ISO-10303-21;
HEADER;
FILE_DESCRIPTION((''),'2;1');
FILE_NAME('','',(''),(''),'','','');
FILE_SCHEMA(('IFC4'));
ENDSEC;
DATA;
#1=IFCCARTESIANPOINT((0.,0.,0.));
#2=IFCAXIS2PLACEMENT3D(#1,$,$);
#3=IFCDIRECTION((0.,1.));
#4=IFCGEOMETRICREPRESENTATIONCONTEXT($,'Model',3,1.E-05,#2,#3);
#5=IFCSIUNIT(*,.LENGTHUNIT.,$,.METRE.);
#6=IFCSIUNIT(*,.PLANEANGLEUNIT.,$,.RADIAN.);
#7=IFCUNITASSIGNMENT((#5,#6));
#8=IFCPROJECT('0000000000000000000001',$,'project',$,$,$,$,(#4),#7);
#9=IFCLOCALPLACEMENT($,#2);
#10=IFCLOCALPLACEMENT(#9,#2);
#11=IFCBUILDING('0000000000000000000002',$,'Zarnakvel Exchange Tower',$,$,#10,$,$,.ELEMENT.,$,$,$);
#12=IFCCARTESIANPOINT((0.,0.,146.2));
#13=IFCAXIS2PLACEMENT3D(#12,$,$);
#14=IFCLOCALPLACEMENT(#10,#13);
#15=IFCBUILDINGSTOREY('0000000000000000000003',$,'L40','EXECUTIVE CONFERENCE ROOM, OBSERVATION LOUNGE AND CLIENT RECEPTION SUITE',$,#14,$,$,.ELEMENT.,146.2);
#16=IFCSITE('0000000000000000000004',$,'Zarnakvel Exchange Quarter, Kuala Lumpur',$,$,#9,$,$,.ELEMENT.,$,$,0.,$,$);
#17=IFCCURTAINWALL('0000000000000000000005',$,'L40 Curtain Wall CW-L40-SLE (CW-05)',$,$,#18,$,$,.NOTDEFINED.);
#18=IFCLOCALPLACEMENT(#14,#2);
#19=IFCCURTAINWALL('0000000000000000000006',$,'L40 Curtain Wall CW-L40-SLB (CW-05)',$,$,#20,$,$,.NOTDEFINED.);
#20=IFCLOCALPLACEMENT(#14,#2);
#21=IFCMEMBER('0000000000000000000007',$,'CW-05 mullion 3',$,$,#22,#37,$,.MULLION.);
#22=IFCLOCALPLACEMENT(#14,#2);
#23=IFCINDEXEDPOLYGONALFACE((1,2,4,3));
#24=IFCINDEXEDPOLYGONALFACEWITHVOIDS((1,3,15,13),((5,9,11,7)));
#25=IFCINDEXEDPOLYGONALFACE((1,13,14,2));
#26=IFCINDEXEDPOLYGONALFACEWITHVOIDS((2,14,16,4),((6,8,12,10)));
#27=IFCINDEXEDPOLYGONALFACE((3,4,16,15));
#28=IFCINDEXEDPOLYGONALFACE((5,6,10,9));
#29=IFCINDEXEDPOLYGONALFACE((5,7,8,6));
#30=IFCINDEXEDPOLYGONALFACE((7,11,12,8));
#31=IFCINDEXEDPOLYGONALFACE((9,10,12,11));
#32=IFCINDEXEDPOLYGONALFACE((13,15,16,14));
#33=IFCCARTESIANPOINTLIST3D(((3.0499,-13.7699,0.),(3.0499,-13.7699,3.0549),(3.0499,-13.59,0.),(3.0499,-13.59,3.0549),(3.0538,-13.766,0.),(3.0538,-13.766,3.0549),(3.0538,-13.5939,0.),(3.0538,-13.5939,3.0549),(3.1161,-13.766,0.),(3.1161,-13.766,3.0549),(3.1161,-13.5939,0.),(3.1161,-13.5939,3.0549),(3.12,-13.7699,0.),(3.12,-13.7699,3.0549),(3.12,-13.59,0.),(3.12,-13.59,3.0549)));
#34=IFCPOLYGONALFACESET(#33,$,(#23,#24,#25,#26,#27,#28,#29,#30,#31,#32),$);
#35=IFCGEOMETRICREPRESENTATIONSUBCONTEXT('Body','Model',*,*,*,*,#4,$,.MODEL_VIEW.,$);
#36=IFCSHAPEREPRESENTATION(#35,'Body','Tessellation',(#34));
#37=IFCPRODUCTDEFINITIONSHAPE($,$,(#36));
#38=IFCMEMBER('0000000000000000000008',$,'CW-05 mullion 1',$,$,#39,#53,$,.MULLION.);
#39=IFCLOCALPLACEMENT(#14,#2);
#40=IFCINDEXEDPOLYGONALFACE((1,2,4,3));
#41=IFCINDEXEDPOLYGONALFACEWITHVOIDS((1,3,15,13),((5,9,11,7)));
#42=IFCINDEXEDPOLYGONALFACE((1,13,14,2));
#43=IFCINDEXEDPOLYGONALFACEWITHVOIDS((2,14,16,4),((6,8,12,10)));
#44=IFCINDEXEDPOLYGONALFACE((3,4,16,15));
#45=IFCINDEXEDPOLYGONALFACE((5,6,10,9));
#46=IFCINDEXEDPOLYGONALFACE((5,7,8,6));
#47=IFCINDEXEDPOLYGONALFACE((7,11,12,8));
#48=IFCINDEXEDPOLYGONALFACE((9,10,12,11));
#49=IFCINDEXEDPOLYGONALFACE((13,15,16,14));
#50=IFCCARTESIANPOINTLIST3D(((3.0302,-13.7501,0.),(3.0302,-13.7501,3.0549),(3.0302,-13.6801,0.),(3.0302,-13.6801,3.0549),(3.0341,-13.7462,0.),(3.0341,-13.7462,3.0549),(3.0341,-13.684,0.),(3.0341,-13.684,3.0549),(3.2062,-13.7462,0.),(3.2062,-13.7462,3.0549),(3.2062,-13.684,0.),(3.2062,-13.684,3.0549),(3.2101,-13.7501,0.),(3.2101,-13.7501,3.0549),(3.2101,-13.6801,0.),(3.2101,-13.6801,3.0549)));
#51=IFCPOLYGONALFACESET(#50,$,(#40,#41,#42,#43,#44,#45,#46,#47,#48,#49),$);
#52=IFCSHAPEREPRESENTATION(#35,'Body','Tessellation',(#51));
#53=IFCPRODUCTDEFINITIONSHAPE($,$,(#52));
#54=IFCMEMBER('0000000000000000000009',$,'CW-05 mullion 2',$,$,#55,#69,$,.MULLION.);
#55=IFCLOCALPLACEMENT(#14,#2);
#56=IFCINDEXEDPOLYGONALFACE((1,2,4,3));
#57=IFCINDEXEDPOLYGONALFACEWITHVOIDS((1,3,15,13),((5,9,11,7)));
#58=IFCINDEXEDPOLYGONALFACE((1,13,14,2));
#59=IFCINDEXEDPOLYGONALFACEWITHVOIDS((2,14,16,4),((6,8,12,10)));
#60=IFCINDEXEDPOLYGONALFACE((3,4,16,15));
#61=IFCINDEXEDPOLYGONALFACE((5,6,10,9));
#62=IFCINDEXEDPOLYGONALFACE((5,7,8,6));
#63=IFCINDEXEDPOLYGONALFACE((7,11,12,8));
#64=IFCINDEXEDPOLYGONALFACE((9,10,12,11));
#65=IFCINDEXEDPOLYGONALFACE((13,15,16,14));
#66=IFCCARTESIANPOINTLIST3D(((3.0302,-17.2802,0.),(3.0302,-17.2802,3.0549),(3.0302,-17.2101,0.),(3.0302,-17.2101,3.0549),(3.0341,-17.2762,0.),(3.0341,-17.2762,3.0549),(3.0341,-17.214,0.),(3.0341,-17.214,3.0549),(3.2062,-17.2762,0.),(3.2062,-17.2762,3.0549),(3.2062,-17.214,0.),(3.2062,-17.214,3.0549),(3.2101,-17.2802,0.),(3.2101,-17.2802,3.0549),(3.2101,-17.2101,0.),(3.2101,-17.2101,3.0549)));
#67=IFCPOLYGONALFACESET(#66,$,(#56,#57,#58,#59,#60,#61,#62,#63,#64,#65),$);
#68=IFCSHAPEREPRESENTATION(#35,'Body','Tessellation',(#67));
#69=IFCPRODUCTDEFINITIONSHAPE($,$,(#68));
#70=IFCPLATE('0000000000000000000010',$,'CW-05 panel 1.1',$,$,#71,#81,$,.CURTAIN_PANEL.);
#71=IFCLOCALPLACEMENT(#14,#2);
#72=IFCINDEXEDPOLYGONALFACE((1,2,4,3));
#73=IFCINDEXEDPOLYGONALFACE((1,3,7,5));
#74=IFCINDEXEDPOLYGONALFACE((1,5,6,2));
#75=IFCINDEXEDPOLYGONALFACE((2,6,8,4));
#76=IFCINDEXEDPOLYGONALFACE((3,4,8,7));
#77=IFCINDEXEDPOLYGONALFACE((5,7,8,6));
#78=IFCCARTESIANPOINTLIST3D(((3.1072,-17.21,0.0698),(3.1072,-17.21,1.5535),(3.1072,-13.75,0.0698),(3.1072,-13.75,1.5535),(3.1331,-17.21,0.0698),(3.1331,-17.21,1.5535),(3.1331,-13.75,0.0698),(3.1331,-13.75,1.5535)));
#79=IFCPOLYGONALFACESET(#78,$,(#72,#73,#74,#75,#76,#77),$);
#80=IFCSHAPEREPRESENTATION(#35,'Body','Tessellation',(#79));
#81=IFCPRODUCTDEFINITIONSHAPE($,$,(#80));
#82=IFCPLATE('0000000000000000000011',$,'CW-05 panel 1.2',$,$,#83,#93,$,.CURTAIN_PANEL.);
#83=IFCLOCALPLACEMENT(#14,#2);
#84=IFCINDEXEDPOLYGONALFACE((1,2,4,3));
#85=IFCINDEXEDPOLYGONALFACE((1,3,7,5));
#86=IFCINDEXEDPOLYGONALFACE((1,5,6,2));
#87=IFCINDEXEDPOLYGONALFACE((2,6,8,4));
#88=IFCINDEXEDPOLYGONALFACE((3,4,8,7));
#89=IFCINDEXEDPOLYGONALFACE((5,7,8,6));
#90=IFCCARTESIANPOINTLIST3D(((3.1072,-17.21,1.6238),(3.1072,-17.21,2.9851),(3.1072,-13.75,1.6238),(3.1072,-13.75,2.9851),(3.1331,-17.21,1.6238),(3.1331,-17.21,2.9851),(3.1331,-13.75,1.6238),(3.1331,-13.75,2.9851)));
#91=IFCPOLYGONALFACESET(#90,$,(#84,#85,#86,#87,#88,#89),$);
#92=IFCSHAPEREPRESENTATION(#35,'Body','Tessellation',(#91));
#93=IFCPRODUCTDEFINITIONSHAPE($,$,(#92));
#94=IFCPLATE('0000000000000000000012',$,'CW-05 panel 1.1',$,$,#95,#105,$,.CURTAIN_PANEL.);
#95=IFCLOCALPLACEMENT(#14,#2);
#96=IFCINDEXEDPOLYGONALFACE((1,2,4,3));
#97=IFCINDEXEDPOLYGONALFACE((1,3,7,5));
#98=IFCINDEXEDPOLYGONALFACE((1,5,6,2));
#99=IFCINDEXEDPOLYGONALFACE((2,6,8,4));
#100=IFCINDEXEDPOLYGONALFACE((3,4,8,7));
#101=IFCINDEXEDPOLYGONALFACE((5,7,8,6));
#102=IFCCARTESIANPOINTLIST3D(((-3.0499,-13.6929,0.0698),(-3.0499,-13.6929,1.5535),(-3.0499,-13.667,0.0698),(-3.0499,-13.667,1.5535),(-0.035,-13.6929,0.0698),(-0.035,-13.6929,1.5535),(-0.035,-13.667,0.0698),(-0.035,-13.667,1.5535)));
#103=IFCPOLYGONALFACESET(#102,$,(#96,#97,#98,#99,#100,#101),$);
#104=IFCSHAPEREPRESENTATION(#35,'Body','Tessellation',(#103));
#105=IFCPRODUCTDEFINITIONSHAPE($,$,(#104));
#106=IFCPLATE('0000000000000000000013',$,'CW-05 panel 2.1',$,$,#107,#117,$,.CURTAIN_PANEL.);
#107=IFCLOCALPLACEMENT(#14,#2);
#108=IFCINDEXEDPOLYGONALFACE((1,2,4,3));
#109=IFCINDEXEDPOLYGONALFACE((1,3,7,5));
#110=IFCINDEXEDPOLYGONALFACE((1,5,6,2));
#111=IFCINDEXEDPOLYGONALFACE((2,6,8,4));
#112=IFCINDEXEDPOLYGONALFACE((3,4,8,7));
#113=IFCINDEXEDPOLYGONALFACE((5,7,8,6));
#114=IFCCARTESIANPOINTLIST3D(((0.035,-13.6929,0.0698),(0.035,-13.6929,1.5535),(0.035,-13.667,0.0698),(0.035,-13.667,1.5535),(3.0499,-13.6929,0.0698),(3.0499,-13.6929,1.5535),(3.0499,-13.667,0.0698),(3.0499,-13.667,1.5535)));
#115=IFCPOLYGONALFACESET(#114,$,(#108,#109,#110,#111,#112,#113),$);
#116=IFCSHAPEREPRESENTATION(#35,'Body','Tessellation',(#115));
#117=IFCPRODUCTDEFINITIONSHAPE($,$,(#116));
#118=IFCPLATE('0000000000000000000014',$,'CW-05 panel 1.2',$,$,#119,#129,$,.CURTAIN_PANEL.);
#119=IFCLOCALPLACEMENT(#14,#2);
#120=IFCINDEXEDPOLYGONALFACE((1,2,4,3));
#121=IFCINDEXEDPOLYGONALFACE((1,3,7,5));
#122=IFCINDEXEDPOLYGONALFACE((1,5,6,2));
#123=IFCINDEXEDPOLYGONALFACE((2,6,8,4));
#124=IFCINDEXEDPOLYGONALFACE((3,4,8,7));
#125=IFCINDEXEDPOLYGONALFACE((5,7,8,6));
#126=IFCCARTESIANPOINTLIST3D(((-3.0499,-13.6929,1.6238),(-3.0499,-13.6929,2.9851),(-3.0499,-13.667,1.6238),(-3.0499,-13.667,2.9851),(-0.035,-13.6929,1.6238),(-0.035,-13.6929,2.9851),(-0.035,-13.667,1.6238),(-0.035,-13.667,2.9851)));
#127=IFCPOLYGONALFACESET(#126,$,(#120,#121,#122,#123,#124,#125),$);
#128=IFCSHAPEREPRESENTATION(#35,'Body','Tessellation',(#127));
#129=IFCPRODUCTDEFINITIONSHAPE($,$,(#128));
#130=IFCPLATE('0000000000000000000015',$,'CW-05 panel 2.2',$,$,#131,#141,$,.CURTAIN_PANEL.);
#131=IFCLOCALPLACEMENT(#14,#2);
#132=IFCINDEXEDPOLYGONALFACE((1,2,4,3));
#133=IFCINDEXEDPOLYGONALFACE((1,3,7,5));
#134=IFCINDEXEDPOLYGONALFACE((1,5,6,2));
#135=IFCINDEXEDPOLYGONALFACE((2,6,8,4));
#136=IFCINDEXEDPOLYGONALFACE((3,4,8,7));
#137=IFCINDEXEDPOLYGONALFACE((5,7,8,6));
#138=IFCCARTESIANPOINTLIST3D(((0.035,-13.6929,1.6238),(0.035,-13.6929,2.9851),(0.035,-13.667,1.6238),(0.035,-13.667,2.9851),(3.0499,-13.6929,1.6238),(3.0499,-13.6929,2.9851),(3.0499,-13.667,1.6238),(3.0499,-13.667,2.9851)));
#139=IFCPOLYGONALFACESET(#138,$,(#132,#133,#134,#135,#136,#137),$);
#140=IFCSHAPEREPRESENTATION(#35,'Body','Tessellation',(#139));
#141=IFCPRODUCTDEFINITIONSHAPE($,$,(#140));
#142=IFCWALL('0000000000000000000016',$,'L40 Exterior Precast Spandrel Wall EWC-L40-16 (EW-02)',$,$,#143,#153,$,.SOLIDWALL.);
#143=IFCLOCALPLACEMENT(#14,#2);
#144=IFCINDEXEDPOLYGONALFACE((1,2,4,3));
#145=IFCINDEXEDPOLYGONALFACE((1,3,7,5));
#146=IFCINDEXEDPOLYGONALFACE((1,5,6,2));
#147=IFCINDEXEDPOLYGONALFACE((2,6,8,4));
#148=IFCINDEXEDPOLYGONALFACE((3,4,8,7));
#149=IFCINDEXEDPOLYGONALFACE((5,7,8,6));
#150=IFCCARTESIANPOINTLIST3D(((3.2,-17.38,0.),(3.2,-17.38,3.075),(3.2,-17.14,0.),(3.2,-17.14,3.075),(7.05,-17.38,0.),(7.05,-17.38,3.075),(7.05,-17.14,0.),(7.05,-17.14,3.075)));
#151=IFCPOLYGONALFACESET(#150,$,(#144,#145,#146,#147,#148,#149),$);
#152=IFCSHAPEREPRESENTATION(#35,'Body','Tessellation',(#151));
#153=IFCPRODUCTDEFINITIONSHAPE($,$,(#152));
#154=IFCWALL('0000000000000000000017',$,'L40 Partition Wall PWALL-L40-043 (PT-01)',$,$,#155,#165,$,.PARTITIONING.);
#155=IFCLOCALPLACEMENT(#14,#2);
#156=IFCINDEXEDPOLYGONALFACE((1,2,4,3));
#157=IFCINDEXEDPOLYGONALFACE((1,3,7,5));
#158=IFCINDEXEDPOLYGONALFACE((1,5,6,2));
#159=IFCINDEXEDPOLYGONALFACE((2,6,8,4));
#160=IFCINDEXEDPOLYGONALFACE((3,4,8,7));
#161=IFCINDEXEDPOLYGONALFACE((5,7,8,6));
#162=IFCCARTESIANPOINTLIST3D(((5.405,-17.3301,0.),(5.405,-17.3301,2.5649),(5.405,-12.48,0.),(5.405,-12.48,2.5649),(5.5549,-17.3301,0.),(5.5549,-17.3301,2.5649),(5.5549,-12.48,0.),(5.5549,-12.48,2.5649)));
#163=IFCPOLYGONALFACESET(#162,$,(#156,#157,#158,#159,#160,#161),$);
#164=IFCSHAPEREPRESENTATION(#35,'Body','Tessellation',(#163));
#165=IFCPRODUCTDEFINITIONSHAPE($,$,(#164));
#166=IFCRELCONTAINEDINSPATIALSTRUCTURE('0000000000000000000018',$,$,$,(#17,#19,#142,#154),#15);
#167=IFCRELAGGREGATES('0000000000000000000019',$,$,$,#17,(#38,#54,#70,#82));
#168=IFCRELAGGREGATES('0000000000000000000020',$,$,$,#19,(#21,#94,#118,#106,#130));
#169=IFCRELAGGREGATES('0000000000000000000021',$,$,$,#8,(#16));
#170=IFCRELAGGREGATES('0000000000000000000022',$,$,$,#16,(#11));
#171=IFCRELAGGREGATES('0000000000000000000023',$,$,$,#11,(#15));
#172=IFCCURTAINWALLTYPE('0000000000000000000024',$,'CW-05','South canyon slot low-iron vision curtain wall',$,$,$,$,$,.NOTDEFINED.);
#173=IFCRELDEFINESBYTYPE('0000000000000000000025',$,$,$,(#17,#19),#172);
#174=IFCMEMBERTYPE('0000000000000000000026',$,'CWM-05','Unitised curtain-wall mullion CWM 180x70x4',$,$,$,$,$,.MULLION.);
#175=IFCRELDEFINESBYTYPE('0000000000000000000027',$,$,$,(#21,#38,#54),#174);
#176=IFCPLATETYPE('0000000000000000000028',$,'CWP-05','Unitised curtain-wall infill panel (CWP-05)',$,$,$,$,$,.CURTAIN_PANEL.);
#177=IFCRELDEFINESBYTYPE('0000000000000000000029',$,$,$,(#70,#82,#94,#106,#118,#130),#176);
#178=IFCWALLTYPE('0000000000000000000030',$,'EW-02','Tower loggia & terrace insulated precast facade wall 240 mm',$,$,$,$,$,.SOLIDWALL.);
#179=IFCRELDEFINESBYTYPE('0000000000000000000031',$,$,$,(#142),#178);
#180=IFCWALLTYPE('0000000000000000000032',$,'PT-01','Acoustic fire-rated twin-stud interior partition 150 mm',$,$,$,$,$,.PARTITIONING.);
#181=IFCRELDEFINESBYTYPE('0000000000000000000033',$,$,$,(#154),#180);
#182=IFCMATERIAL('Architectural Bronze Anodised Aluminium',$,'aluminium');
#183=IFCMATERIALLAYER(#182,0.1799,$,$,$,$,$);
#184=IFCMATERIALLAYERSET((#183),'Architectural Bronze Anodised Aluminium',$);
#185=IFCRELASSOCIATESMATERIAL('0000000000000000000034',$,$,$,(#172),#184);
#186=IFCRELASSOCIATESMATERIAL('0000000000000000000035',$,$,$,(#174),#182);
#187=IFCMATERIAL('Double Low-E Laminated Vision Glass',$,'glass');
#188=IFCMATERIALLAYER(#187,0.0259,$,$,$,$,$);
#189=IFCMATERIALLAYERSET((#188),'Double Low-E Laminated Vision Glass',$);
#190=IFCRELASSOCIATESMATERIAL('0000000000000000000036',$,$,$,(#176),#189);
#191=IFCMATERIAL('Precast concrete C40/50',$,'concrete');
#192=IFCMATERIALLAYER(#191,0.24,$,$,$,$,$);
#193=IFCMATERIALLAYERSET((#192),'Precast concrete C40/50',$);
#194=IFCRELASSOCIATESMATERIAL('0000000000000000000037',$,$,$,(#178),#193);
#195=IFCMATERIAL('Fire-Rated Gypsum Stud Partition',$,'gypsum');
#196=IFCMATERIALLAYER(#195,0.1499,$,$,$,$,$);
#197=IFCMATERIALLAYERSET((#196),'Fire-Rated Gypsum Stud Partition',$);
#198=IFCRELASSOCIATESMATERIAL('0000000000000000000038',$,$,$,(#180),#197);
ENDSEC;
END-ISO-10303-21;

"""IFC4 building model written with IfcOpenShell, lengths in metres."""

from ifc_helpers import new_model, si_unit, direction, frame, frame_2d, origin, origin_2d, place, context, subcontext, project, spatial, rectangle, hollow_rectangle, extrude, source, transform, mapped, material, layer, layer_set, material_profile, profile_set, type_object, element, aggregate, save


model = new_model("IFC4")

# Units and contexts
model_context = context("Model", 3, precision=1e-05, world=origin(), true_north=direction((0.0, 1.0)))
body_context = subcontext(model_context, "Body", "Model", "MODEL_VIEW")
ifc_project = project(units=[si_unit("LENGTHUNIT", "METRE"), si_unit("PLANEANGLEUNIT", "RADIAN")], contexts=[model_context])

# Site, building, storey
site_placement = place(None, origin())
site = spatial("IfcSite", under=ifc_project, at=site_placement, Name="Zarnakvel Exchange Quarter, Kuala Lumpur", CompositionType="ELEMENT", RefElevation=0.0)
building_placement = place(site_placement, origin())
building = spatial("IfcBuilding", under=site, at=building_placement, Name="Zarnakvel Exchange Tower", CompositionType="ELEMENT")
storey_placement = place(building_placement, frame((0.0, 0.0, 146.2)))
storey = spatial("IfcBuildingStorey", under=building, at=storey_placement, Name="L40", Description="EXECUTIVE CONFERENCE ROOM, OBSERVATION LOUNGE AND CLIENT RECEPTION SUITE", CompositionType="ELEMENT", Elevation=146.2)

# Curtain walls, member
ifc_material_1 = material(Name="Architectural Bronze Anodised Aluminium", Category="aluminium")
ifc_layer_1 = layer(ifc_material_1, 0.1799)
ifc_layer_set_1 = layer_set([ifc_layer_1], Name="Architectural Bronze Anodised Aluminium")
curtain_wall_type = type_object("IfcCurtainWallType", Name="CW-05", Description="South canyon slot low-iron vision curtain wall", PredefinedType="NOTDEFINED", material=ifc_layer_set_1)
curtain_wall_1_placement = place(storey_placement, origin())
curtain_wall_1 = element("IfcCurtainWall", 1, at=curtain_wall_1_placement, inside=storey, type_object=curtain_wall_type, Name="L40 Curtain Wall CW-L40-SLE (CW-05)", PredefinedType="NOTDEFINED")
curtain_wall_2_placement = place(storey_placement, origin())
curtain_wall_2 = element("IfcCurtainWall", 2, at=curtain_wall_2_placement, inside=storey, type_object=curtain_wall_type, Name="L40 Curtain Wall CW-L40-SLB (CW-05)", PredefinedType="NOTDEFINED")
ifc_material_profile_1 = material_profile(ifc_material_1, hollow_rectangle(XDim=0.1799, YDim=0.0701, WallThickness=0.0039, at=origin_2d()))
ifc_profile_set_1 = profile_set([ifc_material_profile_1], Name="Architectural Bronze Anodised Aluminium")
member_type_1 = type_object("IfcMemberType", Name="CWM-05", Description="Unitised curtain-wall mullion CWM 180x70x4", PredefinedType="MULLION", material=ifc_profile_set_1)
shared_shape_1 = source(origin(), body_context, "Body", "SweptSolid", [
    extrude(hollow_rectangle(XDim=0.1799, YDim=0.0701, WallThickness=0.0039, at=origin_2d()), origin(), (0.0, 0.0, 1.0), 3.0549),
])
member_1_placement = place(storey_placement, frame((3.085, -13.6799, 0.0), z_axis=(0.0, 0.0, 1.0), x_axis=(0.0, 1.0, 0.0)))
member_1 = element("IfcMember", 3, at=member_1_placement, type_object=member_type_1, Name="CW-05 mullion 3", PredefinedType="MULLION", context=body_context, shape_type="MappedRepresentation", body=[
    mapped(shared_shape_1, transform((0.0, 0.0, 0.0), x_axis=(1.0, 0.0, 0.0), y_axis=(0.0, 1.0, 0.0), z_axis=(0.0, 0.0, 1.0), scale=1.0)),
])

# Members
member_2_placement = place(storey_placement, frame((3.1201, -13.7151, 0.0), z_axis=(0.0, 0.0, 1.0), x_axis=(1.0, 0.0, 0.0)))
member_2 = element("IfcMember", 4, at=member_2_placement, type_object=member_type_1, Name="CW-05 mullion 1", PredefinedType="MULLION", context=body_context, shape_type="MappedRepresentation", body=[
    mapped(shared_shape_1, transform((0.0, 0.0, 0.0), x_axis=(1.0, 0.0, 0.0), y_axis=(0.0, 1.0, 0.0), z_axis=(0.0, 0.0, 1.0), scale=1.0)),
])
member_3_placement = place(storey_placement, frame((3.1201, -17.2451, 0.0), z_axis=(0.0, 0.0, 1.0), x_axis=(1.0, 0.0, 0.0)))
member_3 = element("IfcMember", 5, at=member_3_placement, type_object=member_type_1, Name="CW-05 mullion 2", PredefinedType="MULLION", context=body_context, shape_type="MappedRepresentation", body=[
    mapped(shared_shape_1, transform((0.0, 0.0, 0.0), x_axis=(1.0, 0.0, 0.0), y_axis=(0.0, 1.0, 0.0), z_axis=(0.0, 0.0, 1.0), scale=1.0)),
])

# Plates
ifc_material_2 = material(Name="Double Low-E Laminated Vision Glass", Category="glass")
ifc_layer_2 = layer(ifc_material_2, 0.0259)
ifc_layer_set_2 = layer_set([ifc_layer_2], Name="Double Low-E Laminated Vision Glass")
plate_type = type_object("IfcPlateType", Name="CWP-05", Description="Unitised curtain-wall infill panel (CWP-05)", PredefinedType="CURTAIN_PANEL", material=ifc_layer_set_2)
shared_shape_2 = source(origin(), body_context, "Body", "SweptSolid", [
    extrude(rectangle(XDim=3.46, YDim=0.0259, at=origin_2d()), origin(), (0.0, 0.0, 1.0), 1.4836),
])
plate_1_placement = place(storey_placement, frame((3.1201, -15.48, 0.0698), z_axis=(0.0, 0.0, 1.0), x_axis=(0.0, -1.0, 0.0)))
plate_1 = element("IfcPlate", 6, at=plate_1_placement, type_object=plate_type, Name="CW-05 panel 1.1", PredefinedType="CURTAIN_PANEL", context=body_context, shape_type="MappedRepresentation", body=[
    mapped(shared_shape_2, transform((0.0, 0.0, 0.0), x_axis=(1.0, 0.0, 0.0), y_axis=(0.0, 1.0, 0.0), z_axis=(0.0, 0.0, 1.0), scale=1.0)),
])
shared_shape_3 = source(origin(), body_context, "Body", "SweptSolid", [
    extrude(rectangle(XDim=3.46, YDim=0.0259, at=origin_2d()), origin(), (0.0, 0.0, 1.0), 1.3613),
])
plate_2_placement = place(storey_placement, frame((3.1201, -15.48, 1.6238), z_axis=(0.0, 0.0, 1.0), x_axis=(0.0, -1.0, 0.0)))
plate_2 = element("IfcPlate", 7, at=plate_2_placement, type_object=plate_type, Name="CW-05 panel 1.2", PredefinedType="CURTAIN_PANEL", context=body_context, shape_type="MappedRepresentation", body=[
    mapped(shared_shape_3, transform((0.0, 0.0, 0.0), x_axis=(1.0, 0.0, 0.0), y_axis=(0.0, 1.0, 0.0), z_axis=(0.0, 0.0, 1.0), scale=1.0)),
])
aggregate(curtain_wall_1, [member_2, member_3, plate_1, plate_2])
shared_shape_4 = source(origin(), body_context, "Body", "SweptSolid", [
    extrude(rectangle(XDim=3.0149, YDim=0.0259, at=origin_2d()), origin(), (0.0, 0.0, 1.0), 1.4836),
])
plate_3_placement = place(storey_placement, frame((-1.5425, -13.6799, 0.0698), z_axis=(0.0, 0.0, 1.0), x_axis=(1.0, 0.0, 0.0)))
plate_3 = element("IfcPlate", 8, at=plate_3_placement, type_object=plate_type, Name="CW-05 panel 1.1", PredefinedType="CURTAIN_PANEL", context=body_context, shape_type="MappedRepresentation", body=[
    mapped(shared_shape_4, transform((0.0, 0.0, 0.0), x_axis=(1.0, 0.0, 0.0), y_axis=(0.0, 1.0, 0.0), z_axis=(0.0, 0.0, 1.0), scale=1.0)),
])
plate_4_placement = place(storey_placement, frame((1.5425, -13.6799, 0.0698), z_axis=(0.0, 0.0, 1.0), x_axis=(1.0, 0.0, 0.0)))
plate_4 = element("IfcPlate", 9, at=plate_4_placement, type_object=plate_type, Name="CW-05 panel 2.1", PredefinedType="CURTAIN_PANEL", context=body_context, shape_type="MappedRepresentation", body=[
    mapped(shared_shape_4, transform((0.0, 0.0, 0.0), x_axis=(1.0, 0.0, 0.0), y_axis=(0.0, 1.0, 0.0), z_axis=(0.0, 0.0, 1.0), scale=1.0)),
])
shared_shape_5 = source(origin(), body_context, "Body", "SweptSolid", [
    extrude(rectangle(XDim=3.0149, YDim=0.0259, at=origin_2d()), origin(), (0.0, 0.0, 1.0), 1.3613),
])
plate_5_placement = place(storey_placement, frame((-1.5425, -13.6799, 1.6238), z_axis=(0.0, 0.0, 1.0), x_axis=(1.0, 0.0, 0.0)))
plate_5 = element("IfcPlate", 10, at=plate_5_placement, type_object=plate_type, Name="CW-05 panel 1.2", PredefinedType="CURTAIN_PANEL", context=body_context, shape_type="MappedRepresentation", body=[
    mapped(shared_shape_5, transform((0.0, 0.0, 0.0), x_axis=(1.0, 0.0, 0.0), y_axis=(0.0, 1.0, 0.0), z_axis=(0.0, 0.0, 1.0), scale=1.0)),
])
plate_6_placement = place(storey_placement, frame((1.5425, -13.6799, 1.6238), z_axis=(0.0, 0.0, 1.0), x_axis=(1.0, 0.0, 0.0)))
plate_6 = element("IfcPlate", 11, at=plate_6_placement, type_object=plate_type, Name="CW-05 panel 2.2", PredefinedType="CURTAIN_PANEL", context=body_context, shape_type="MappedRepresentation", body=[
    mapped(shared_shape_5, transform((0.0, 0.0, 0.0), x_axis=(1.0, 0.0, 0.0), y_axis=(0.0, 1.0, 0.0), z_axis=(0.0, 0.0, 1.0), scale=1.0)),
])
aggregate(curtain_wall_2, [member_1, plate_3, plate_5, plate_4, plate_6])

# Walls
ifc_material_3 = material(Name="Precast concrete C40/50", Category="concrete")
ifc_layer_3 = layer(ifc_material_3, 0.24)
ifc_layer_set_3 = layer_set([ifc_layer_3], Name="Precast concrete C40/50")
wall_type_1 = type_object("IfcWallType", Name="EW-02", Description="Tower loggia & terrace insulated precast facade wall 240 mm", PredefinedType="SOLIDWALL", material=ifc_layer_set_3)
wall_1_placement = place(storey_placement, frame((3.2, -17.26, 0.0), z_axis=(0.0, 0.0, 1.0), x_axis=(1.0, 0.0, 0.0)))
element("IfcWall", 12, at=wall_1_placement, inside=storey, type_object=wall_type_1, Name="L40 Exterior Precast Spandrel Wall EWC-L40-16 (EW-02)", PredefinedType="SOLIDWALL", context=body_context, shape_type="SweptSolid", body=[
    extrude(rectangle(XDim=3.8501, YDim=0.24, at=frame_2d((1.925, 0.0))), origin(), (0.0, 0.0, 1.0), 3.075),
])
ifc_material_4 = material(Name="Fire-Rated Gypsum Stud Partition", Category="gypsum")
ifc_layer_4 = layer(ifc_material_4, 0.1499)
ifc_layer_set_4 = layer_set([ifc_layer_4], Name="Fire-Rated Gypsum Stud Partition")
wall_type_2 = type_object("IfcWallType", Name="PT-01", Description="Acoustic fire-rated twin-stud interior partition 150 mm", PredefinedType="PARTITIONING", material=ifc_layer_set_4)
wall_2_placement = place(storey_placement, frame((5.48, -17.3301, 0.0), z_axis=(0.0, 0.0, 1.0), x_axis=(0.0, 1.0, 0.0)))
element("IfcWall", 13, at=wall_2_placement, inside=storey, type_object=wall_type_2, Name="L40 Partition Wall PWALL-L40-043 (PT-01)", PredefinedType="PARTITIONING", context=body_context, shape_type="SweptSolid", body=[
    extrude(rectangle(XDim=4.8501, YDim=0.1499, at=frame_2d((2.425, 0.0))), origin(), (0.0, 0.0, 1.0), 2.5649),
])

save(model, "model.ifc")
